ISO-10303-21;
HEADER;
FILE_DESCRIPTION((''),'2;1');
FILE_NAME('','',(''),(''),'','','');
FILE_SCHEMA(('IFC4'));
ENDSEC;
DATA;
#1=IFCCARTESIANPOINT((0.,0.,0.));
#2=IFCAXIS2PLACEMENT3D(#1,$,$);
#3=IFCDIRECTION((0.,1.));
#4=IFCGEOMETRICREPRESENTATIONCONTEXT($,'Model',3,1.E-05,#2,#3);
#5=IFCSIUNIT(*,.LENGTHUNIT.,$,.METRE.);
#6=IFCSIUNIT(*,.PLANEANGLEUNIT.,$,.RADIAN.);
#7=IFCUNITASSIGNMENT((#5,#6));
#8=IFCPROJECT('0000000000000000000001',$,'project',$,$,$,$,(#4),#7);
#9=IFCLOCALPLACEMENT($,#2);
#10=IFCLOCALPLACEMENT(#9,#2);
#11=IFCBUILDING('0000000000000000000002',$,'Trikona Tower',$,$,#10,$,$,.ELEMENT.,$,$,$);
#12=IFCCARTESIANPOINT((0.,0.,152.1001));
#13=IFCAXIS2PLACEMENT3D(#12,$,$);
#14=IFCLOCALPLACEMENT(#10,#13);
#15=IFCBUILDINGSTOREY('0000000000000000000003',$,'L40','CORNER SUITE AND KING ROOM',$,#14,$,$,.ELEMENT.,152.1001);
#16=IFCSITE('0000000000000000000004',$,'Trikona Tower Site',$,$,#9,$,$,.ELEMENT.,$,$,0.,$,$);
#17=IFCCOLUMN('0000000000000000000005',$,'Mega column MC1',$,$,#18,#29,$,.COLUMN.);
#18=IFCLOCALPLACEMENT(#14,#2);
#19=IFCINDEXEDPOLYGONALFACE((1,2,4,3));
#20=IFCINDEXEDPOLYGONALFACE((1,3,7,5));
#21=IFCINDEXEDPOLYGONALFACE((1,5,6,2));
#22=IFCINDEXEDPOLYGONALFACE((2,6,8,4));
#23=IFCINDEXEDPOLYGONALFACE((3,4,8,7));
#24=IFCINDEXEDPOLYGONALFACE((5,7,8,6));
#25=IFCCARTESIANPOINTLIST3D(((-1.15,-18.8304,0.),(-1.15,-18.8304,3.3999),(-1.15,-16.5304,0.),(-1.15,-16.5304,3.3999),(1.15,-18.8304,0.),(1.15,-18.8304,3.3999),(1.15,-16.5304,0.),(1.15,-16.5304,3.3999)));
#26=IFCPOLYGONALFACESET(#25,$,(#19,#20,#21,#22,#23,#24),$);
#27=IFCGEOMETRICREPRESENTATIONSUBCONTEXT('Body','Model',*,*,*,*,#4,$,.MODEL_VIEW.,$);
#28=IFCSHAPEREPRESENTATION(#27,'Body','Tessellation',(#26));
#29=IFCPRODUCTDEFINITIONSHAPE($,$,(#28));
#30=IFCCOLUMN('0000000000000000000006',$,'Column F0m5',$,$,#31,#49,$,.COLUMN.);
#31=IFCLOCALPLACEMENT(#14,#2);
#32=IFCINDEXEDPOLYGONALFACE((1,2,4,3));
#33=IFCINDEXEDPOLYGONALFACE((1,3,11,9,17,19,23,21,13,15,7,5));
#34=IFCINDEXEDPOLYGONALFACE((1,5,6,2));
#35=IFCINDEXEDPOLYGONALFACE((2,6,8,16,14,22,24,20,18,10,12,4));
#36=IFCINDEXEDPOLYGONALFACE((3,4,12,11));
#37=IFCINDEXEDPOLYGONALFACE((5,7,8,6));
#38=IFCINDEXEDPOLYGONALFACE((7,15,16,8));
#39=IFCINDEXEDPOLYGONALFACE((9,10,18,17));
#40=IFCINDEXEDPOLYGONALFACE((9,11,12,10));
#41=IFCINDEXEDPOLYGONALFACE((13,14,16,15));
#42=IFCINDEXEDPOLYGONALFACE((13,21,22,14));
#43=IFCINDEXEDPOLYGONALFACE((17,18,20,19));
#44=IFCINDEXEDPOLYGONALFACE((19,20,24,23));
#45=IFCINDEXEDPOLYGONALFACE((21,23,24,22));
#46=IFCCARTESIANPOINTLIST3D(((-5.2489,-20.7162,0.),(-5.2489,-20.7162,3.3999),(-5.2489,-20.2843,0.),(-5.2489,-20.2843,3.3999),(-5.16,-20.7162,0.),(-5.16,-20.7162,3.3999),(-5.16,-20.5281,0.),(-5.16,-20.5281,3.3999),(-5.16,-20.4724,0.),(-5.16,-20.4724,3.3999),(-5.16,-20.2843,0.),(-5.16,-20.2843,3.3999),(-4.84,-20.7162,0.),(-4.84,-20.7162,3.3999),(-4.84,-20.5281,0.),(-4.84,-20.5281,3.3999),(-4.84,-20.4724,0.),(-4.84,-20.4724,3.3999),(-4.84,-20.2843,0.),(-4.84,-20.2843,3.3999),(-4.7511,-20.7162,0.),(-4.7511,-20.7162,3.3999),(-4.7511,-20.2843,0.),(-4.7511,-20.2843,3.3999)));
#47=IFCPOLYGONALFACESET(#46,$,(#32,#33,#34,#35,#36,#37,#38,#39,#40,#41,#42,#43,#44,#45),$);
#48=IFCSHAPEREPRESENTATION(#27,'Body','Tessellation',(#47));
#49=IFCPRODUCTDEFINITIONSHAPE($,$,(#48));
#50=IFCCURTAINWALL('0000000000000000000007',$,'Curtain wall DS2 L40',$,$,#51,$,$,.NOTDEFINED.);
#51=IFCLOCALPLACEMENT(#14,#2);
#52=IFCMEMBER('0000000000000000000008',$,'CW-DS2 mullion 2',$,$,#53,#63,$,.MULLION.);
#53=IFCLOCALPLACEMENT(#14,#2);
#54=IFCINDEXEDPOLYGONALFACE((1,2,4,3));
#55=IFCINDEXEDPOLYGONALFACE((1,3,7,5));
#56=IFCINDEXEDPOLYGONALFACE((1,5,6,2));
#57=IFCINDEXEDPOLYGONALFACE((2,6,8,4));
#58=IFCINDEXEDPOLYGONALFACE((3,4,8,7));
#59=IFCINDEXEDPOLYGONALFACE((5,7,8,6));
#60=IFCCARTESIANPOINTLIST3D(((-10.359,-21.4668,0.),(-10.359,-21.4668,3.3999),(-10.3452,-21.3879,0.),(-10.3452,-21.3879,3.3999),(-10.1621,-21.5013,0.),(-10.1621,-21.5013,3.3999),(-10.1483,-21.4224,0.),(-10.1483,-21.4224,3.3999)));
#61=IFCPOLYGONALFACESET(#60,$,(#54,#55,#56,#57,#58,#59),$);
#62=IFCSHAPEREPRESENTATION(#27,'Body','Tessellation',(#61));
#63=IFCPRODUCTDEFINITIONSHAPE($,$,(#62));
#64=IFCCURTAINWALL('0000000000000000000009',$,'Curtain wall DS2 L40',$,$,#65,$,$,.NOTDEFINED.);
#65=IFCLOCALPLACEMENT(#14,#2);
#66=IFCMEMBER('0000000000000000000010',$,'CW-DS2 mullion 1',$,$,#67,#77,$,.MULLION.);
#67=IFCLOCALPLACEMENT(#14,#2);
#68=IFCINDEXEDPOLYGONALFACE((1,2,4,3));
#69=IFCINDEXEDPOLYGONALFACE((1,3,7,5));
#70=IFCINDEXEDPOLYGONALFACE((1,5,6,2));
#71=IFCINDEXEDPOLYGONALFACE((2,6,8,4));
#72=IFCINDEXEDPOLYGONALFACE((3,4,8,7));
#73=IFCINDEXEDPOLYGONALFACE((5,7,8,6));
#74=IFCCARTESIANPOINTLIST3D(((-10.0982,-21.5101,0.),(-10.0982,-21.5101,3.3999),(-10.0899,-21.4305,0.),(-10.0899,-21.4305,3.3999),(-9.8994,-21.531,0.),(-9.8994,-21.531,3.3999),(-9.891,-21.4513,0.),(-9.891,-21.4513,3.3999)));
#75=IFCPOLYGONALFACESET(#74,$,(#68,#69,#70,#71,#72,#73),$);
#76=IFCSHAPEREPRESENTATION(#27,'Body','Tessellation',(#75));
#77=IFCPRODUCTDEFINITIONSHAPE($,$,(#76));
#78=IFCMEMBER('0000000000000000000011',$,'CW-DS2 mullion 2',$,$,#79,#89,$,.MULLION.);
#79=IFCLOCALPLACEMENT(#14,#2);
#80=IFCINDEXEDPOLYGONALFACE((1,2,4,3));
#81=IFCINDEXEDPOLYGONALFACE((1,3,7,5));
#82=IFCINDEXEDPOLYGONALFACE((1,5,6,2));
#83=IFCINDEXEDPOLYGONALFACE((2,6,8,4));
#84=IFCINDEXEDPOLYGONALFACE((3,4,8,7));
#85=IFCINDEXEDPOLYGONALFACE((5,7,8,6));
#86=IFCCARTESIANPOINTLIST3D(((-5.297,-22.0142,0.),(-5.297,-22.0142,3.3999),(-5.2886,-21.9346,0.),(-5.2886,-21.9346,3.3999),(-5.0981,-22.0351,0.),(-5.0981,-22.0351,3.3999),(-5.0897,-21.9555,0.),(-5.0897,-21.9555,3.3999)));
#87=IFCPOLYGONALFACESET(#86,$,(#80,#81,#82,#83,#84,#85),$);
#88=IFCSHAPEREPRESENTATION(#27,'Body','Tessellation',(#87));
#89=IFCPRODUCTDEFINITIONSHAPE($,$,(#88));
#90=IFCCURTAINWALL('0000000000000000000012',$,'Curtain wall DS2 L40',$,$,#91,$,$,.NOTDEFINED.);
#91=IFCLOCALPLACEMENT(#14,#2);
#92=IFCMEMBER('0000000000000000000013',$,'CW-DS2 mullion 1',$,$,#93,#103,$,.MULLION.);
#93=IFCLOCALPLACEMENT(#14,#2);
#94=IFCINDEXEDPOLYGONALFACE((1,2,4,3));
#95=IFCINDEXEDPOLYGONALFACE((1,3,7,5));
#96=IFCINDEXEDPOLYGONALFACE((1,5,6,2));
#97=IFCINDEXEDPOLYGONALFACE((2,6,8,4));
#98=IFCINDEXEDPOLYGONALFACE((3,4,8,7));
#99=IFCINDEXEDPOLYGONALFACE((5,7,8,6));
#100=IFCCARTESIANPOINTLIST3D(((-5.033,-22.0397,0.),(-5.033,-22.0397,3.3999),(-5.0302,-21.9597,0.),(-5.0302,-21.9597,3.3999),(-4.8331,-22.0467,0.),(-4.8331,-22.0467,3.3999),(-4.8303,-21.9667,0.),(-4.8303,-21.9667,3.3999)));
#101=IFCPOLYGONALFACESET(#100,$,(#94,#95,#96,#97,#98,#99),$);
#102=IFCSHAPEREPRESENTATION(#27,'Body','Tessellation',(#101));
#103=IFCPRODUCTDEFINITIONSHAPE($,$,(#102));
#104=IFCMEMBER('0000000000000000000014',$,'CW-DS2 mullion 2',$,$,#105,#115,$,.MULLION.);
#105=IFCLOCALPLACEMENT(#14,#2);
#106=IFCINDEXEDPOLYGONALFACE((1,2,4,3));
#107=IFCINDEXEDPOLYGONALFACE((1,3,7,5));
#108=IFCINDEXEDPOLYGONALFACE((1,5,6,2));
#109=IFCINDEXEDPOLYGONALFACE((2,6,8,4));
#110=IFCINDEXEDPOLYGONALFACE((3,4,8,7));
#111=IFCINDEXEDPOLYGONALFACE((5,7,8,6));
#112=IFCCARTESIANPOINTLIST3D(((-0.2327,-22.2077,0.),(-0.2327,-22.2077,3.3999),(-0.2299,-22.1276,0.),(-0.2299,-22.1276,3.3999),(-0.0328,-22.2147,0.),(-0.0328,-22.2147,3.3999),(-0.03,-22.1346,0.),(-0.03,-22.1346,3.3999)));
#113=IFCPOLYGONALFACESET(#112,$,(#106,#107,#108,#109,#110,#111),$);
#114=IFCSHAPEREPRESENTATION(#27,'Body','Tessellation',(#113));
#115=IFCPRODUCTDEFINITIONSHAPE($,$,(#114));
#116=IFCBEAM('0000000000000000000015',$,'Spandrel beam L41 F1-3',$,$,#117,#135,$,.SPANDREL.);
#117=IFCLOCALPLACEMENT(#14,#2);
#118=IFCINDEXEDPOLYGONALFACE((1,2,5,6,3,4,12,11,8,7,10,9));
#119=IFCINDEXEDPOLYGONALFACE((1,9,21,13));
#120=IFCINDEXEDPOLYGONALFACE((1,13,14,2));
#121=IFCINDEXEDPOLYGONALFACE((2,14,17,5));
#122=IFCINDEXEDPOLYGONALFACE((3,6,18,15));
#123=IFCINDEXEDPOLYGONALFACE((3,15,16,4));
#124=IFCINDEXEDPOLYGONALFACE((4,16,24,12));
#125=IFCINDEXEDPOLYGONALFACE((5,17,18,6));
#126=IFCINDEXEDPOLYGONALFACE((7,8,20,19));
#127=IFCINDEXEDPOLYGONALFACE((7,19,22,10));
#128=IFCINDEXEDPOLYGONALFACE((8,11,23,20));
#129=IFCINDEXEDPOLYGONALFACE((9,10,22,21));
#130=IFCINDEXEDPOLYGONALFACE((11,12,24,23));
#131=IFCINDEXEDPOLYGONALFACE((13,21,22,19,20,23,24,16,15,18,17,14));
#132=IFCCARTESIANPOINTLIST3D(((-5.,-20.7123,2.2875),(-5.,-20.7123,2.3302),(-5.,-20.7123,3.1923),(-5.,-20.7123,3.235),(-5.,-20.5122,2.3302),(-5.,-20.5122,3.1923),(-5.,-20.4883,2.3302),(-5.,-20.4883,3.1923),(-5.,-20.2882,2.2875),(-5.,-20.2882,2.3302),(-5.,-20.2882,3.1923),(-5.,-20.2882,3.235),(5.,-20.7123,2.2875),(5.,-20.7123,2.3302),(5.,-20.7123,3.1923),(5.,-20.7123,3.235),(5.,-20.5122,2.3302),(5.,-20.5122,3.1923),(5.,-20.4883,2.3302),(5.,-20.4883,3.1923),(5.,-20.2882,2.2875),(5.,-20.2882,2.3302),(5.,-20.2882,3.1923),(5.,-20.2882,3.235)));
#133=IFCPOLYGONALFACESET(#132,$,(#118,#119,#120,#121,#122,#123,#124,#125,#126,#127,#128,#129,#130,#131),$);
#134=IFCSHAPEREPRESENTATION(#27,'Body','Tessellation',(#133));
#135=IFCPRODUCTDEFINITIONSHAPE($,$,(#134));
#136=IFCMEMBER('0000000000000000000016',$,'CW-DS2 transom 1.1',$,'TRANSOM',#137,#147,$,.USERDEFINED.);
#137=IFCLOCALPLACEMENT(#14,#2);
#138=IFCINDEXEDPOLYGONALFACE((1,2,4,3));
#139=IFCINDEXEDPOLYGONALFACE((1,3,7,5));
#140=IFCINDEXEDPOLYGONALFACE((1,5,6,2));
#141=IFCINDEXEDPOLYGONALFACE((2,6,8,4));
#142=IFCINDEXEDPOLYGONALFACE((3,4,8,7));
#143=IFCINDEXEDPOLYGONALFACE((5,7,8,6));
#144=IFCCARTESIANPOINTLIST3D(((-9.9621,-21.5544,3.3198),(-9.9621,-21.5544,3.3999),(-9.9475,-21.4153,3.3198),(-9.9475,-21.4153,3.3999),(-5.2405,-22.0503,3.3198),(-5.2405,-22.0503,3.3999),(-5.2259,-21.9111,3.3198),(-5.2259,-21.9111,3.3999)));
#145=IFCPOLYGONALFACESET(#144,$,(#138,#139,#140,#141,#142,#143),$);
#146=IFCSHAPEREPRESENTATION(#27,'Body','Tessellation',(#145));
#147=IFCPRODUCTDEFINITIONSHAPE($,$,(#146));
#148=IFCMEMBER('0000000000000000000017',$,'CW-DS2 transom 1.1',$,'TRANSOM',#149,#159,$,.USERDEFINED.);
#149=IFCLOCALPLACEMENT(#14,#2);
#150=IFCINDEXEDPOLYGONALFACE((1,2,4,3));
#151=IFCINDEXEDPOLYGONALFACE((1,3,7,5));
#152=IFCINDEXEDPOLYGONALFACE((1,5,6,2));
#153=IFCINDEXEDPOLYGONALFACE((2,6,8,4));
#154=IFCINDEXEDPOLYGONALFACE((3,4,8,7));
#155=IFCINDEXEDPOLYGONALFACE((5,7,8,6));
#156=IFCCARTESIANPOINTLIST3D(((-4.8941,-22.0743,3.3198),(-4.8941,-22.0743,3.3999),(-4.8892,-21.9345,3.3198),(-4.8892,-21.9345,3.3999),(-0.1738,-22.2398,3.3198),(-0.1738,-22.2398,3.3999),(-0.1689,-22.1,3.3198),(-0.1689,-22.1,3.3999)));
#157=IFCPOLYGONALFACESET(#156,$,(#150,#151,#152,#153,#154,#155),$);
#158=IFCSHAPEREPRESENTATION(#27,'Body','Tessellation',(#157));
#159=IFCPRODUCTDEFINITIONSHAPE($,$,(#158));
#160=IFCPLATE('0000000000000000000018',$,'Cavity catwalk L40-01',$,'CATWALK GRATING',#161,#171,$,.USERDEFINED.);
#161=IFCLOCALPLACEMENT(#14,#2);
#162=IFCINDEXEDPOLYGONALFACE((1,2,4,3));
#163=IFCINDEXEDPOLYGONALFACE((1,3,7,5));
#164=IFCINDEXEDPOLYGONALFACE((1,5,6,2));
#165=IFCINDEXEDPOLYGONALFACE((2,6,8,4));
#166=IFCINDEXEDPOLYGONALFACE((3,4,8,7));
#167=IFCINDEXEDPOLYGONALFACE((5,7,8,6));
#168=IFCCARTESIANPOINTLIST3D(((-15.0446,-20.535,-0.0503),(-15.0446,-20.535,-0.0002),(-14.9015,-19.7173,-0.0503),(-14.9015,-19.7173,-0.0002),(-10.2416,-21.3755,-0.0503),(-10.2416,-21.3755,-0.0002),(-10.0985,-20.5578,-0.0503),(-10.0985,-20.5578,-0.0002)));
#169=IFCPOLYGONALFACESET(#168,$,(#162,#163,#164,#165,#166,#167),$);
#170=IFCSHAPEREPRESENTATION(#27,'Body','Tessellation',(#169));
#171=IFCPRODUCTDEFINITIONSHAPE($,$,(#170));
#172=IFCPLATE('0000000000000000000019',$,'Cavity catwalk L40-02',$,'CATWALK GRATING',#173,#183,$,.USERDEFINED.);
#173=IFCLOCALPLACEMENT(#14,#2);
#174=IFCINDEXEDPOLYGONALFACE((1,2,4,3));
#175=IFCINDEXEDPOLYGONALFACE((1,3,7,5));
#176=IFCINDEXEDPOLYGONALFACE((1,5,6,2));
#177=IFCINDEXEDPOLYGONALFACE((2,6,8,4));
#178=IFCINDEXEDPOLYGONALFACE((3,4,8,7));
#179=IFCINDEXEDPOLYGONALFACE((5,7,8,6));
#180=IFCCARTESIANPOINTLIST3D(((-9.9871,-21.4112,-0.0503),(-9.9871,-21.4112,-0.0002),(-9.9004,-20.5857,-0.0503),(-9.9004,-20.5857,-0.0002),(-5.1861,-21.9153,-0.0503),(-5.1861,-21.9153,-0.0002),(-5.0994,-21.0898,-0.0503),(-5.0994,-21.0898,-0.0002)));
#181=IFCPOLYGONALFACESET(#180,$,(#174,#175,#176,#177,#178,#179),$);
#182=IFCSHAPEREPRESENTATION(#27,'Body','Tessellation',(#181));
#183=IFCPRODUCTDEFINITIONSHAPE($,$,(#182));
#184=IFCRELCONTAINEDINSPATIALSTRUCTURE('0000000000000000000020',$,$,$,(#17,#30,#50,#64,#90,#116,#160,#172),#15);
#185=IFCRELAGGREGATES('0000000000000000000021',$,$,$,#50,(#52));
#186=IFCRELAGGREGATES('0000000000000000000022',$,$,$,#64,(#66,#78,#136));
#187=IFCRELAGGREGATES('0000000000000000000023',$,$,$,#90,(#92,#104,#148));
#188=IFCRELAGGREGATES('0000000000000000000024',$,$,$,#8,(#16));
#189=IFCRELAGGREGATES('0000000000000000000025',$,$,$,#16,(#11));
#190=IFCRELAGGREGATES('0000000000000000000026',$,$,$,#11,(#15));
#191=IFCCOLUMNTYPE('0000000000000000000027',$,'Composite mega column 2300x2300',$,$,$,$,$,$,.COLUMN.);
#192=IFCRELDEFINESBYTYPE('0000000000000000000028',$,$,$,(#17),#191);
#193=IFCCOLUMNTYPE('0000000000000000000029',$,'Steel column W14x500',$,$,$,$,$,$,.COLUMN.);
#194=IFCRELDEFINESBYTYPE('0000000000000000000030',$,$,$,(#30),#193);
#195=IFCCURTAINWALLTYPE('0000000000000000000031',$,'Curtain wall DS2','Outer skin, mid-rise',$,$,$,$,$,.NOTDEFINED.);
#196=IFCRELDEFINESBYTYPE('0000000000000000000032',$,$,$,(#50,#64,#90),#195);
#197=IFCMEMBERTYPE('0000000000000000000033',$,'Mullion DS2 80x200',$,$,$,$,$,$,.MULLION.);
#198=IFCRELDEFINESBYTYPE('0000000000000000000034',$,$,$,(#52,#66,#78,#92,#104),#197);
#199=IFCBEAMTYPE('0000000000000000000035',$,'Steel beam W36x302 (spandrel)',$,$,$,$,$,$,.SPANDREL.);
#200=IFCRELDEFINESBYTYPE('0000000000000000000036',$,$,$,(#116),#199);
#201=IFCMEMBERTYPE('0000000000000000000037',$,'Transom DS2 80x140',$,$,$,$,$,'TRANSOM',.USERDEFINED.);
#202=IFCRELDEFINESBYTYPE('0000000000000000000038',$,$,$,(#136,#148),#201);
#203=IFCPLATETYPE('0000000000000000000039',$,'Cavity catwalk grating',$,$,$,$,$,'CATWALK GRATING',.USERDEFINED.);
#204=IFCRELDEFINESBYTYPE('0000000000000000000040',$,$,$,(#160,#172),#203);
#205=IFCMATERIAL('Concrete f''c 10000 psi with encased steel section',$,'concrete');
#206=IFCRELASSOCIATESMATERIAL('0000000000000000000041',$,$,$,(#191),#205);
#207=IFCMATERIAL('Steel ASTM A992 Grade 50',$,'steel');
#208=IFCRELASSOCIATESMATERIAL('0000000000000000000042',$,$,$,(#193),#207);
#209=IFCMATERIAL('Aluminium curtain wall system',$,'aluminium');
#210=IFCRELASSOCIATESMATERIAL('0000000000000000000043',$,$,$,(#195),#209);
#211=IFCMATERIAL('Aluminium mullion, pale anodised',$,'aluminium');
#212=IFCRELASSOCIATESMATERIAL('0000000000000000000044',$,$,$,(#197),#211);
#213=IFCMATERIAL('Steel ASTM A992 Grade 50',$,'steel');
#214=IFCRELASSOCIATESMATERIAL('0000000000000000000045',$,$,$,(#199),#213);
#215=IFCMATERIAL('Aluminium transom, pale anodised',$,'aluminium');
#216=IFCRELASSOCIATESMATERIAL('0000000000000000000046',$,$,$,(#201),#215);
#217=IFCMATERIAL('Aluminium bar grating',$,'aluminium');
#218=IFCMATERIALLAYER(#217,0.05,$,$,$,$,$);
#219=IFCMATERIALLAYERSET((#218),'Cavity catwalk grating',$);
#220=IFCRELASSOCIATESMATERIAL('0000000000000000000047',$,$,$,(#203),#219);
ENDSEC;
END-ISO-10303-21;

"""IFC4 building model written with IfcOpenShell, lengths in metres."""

from ifc_helpers import new_model, si_unit, direction, frame, origin, origin_2d, place, context, subcontext, project, spatial, rectangle, i_section, extrude, material, layer, layer_set, material_profile, profile_set, type_object, element, aggregate, save


model = new_model("IFC4")

# Units and contexts
model_context = context("Model", 3, precision=1e-05, world=origin(), true_north=direction((0.0, 1.0)))
body_context = subcontext(model_context, "Body", "Model", "MODEL_VIEW")
ifc_project = project(units=[si_unit("LENGTHUNIT", "METRE"), si_unit("PLANEANGLEUNIT", "RADIAN")], contexts=[model_context])

# Site, building, storey
site_placement = place(None, origin())
site = spatial("IfcSite", under=ifc_project, at=site_placement, Name="Trikona Tower Site", CompositionType="ELEMENT", RefElevation=0.0)
building_placement = place(site_placement, origin())
building = spatial("IfcBuilding", under=site, at=building_placement, Name="Trikona Tower", CompositionType="ELEMENT")
storey_placement = place(building_placement, frame((0.0, 0.0, 152.1001)))
storey = spatial("IfcBuildingStorey", under=building, at=storey_placement, Name="L40", Description="CORNER SUITE AND KING ROOM", CompositionType="ELEMENT", Elevation=152.1001)

# Columns
ifc_material_1 = material(Name="Concrete f'c 10000 psi with encased steel section", Category="concrete")
ifc_material_profile_1 = material_profile(ifc_material_1, rectangle(XDim=2.3, YDim=2.3, at=origin_2d()), Name="MC2300")
ifc_profile_set_1 = profile_set([ifc_material_profile_1], Name="Concrete f'c 10000 psi with encased steel section")
column_type_1 = type_object("IfcColumnType", Name="Composite mega column 2300x2300", PredefinedType="COLUMN", material=ifc_profile_set_1)
column_1_placement = place(storey_placement, frame((0.0, -17.6804, 0.0), z_axis=(0.0, 0.0, 1.0), x_axis=(0.0, -1.0, 0.0)))
element("IfcColumn", 1, at=column_1_placement, inside=storey, type_object=column_type_1, Name="Mega column MC1", PredefinedType="COLUMN", context=body_context, shape_type="SweptSolid", body=[
    extrude(rectangle(XDim=2.3, YDim=2.3, at=origin_2d()), origin(), (0.0, 0.0, 1.0), 3.3999),
])
ifc_material_2 = material(Name="Steel ASTM A992 Grade 50", Category="steel")
ifc_material_profile_2 = material_profile(ifc_material_2, i_section(OverallWidth=0.4319, OverallDepth=0.4978, WebThickness=0.0557, FlangeThickness=0.0889, at=origin_2d()), Name="W14X500")
ifc_profile_set_2 = profile_set([ifc_material_profile_2], Name="Steel ASTM A992 Grade 50")
column_type_2 = type_object("IfcColumnType", Name="Steel column W14x500", PredefinedType="COLUMN", material=ifc_profile_set_2)
column_2_placement = place(storey_placement, frame((-5.0, -20.5002, 0.0), z_axis=(0.0, 0.0, 1.0), x_axis=(0.0, -1.0, 0.0)))
element("IfcColumn", 2, at=column_2_placement, inside=storey, type_object=column_type_2, Name="Column F0m5", PredefinedType="COLUMN", context=body_context, shape_type="SweptSolid", body=[
    extrude(i_section(OverallWidth=0.4319, OverallDepth=0.4978, WebThickness=0.0557, FlangeThickness=0.0889, at=origin_2d()), origin(), (0.0, 0.0, 1.0), 3.3999),
])

# Curtain wall, member
ifc_material_3 = material(Name="Aluminium curtain wall system", Category="aluminium")
curtain_wall_type = type_object("IfcCurtainWallType", Name="Curtain wall DS2", Description="Outer skin, mid-rise", PredefinedType="NOTDEFINED", material=ifc_material_3)
curtain_wall_1_placement = place(storey_placement, origin())
curtain_wall_1 = element("IfcCurtainWall", 3, at=curtain_wall_1_placement, inside=storey, type_object=curtain_wall_type, Name="Curtain wall DS2 L40", PredefinedType="NOTDEFINED")
ifc_material_4 = material(Name="Aluminium mullion, pale anodised", Category="aluminium")
ifc_material_profile_3 = material_profile(ifc_material_4, rectangle(XDim=0.0801, YDim=0.2, at=origin_2d()), Name="MUL-DS2")
ifc_profile_set_3 = profile_set([ifc_material_profile_3], Name="Aluminium mullion, pale anodised")
member_type_1 = type_object("IfcMemberType", Name="Mullion DS2 80x200", PredefinedType="MULLION", material=ifc_profile_set_3)
member_1_placement = place(storey_placement, frame((-10.2537, -21.4446, 0.0), z_axis=(0.0, 0.0, 1.0), x_axis=(0.172377, 0.985031, 0.0)))
member_1 = element("IfcMember", 4, at=member_1_placement, type_object=member_type_1, Name="CW-DS2 mullion 2", PredefinedType="MULLION", context=body_context, shape_type="SweptSolid", body=[
    extrude(rectangle(XDim=0.0801, YDim=0.2, at=origin_2d()), origin(), (0.0, 0.0, 1.0), 3.3999),
])

# Curtain walls, members
curtain_wall_2_placement = place(storey_placement, origin())
curtain_wall_2 = element("IfcCurtainWall", 5, at=curtain_wall_2_placement, inside=storey, type_object=curtain_wall_type, Name="Curtain wall DS2 L40", PredefinedType="NOTDEFINED")
member_2_placement = place(storey_placement, frame((-9.9946, -21.4807, 0.0), z_axis=(0.0, 0.0, 1.0), x_axis=(0.104433, 0.994532, 0.0)))
member_2 = element("IfcMember", 6, at=member_2_placement, type_object=member_type_1, Name="CW-DS2 mullion 1", PredefinedType="MULLION", context=body_context, shape_type="SweptSolid", body=[
    extrude(rectangle(XDim=0.0801, YDim=0.2, at=origin_2d()), origin(), (0.0, 0.0, 1.0), 3.3999),
])
member_3_placement = place(storey_placement, frame((-5.1934, -21.9849, 0.0), z_axis=(0.0, 0.0, 1.0), x_axis=(0.104433, 0.994532, 0.0)))
member_3 = element("IfcMember", 7, at=member_3_placement, type_object=member_type_1, Name="CW-DS2 mullion 2", PredefinedType="MULLION", context=body_context, shape_type="SweptSolid", body=[
    extrude(rectangle(XDim=0.0801, YDim=0.2, at=origin_2d()), origin(), (0.0, 0.0, 1.0), 3.3999),
])
curtain_wall_3_placement = place(storey_placement, origin())
curtain_wall_3 = element("IfcCurtainWall", 8, at=curtain_wall_3_placement, inside=storey, type_object=curtain_wall_type, Name="Curtain wall DS2 L40", PredefinedType="NOTDEFINED")
member_4_placement = place(storey_placement, frame((-4.9316, -22.0032, 0.0), z_axis=(0.0, 0.0, 1.0), x_axis=(0.034998, 0.999387, 0.0)))
member_4 = element("IfcMember", 9, at=member_4_placement, type_object=member_type_1, Name="CW-DS2 mullion 1", PredefinedType="MULLION", context=body_context, shape_type="SweptSolid", body=[
    extrude(rectangle(XDim=0.0801, YDim=0.2, at=origin_2d()), origin(), (0.0, 0.0, 1.0), 3.3999),
])
member_5_placement = place(storey_placement, frame((-0.1313, -22.1711, 0.0), z_axis=(0.0, 0.0, 1.0), x_axis=(0.034998, 0.999387, 0.0)))
member_5 = element("IfcMember", 10, at=member_5_placement, type_object=member_type_1, Name="CW-DS2 mullion 2", PredefinedType="MULLION", context=body_context, shape_type="SweptSolid", body=[
    extrude(rectangle(XDim=0.0801, YDim=0.2, at=origin_2d()), origin(), (0.0, 0.0, 1.0), 3.3999),
])

# Beam
ifc_material_5 = material(Name="Steel ASTM A992 Grade 50", Category="steel")
ifc_material_profile_4 = material_profile(ifc_material_5, i_section(OverallWidth=0.4241, OverallDepth=0.9475, WebThickness=0.0239, FlangeThickness=0.0427, at=origin_2d()), Name="W36X302")
ifc_profile_set_4 = profile_set([ifc_material_profile_4], Name="Steel ASTM A992 Grade 50")
beam_type = type_object("IfcBeamType", Name="Steel beam W36x302 (spandrel)", PredefinedType="SPANDREL", material=ifc_profile_set_4)
beam_placement = place(storey_placement, frame((-5.0, -20.5002, 2.7612), z_axis=(1.0, 0.0, 0.0), x_axis=(0.0, 1.0, 0.0)))
element("IfcBeam", 11, at=beam_placement, inside=storey, type_object=beam_type, Name="Spandrel beam L41 F1-3", PredefinedType="SPANDREL", context=body_context, shape_type="SweptSolid", body=[
    extrude(i_section(OverallWidth=0.4241, OverallDepth=0.9475, WebThickness=0.0239, FlangeThickness=0.0427, at=origin_2d()), origin(), (0.0, 0.0, 1.0), 10.0),
])

# Members
ifc_material_6 = material(Name="Aluminium transom, pale anodised", Category="aluminium")
ifc_material_profile_5 = material_profile(ifc_material_6, rectangle(XDim=0.1399, YDim=0.0801, at=origin_2d()), Name="TRN-DS2")
ifc_profile_set_5 = profile_set([ifc_material_profile_5], Name="Aluminium transom, pale anodised")
member_type_2 = type_object("IfcMemberType", Name="Transom DS2 80x140", ElementType="TRANSOM", PredefinedType="USERDEFINED", material=ifc_profile_set_5)
member_6_placement = place(storey_placement, frame((-9.9548, -21.4849, 3.3599), z_axis=(0.994531, -0.104441, 0.0), x_axis=(0.104441, 0.994531, 0.0)))
member_6 = element("IfcMember", 12, at=member_6_placement, type_object=member_type_2, Name="CW-DS2 transom 1.1", ObjectType="TRANSOM", PredefinedType="USERDEFINED", context=body_context, shape_type="SweptSolid", body=[
    extrude(rectangle(XDim=0.1399, YDim=0.0801, at=origin_2d()), origin(), (0.0, 0.0, 1.0), 4.7476),
])
member_7_placement = place(storey_placement, frame((-4.8916, -22.0044, 3.3599), z_axis=(0.999386, -0.035046, 0.0), x_axis=(0.035046, 0.999386, 0.0)))
member_7 = element("IfcMember", 13, at=member_7_placement, type_object=member_type_2, Name="CW-DS2 transom 1.1", ObjectType="TRANSOM", PredefinedType="USERDEFINED", context=body_context, shape_type="SweptSolid", body=[
    extrude(rectangle(XDim=0.1399, YDim=0.0801, at=origin_2d()), origin(), (0.0, 0.0, 1.0), 4.7231),
])

# Plates
ifc_material_7 = material(Name="Aluminium bar grating", Category="aluminium")
ifc_layer_1 = layer(ifc_material_7, 0.05)
ifc_layer_set_1 = layer_set([ifc_layer_1], Name="Cavity catwalk grating")
plate_type_1 = type_object("IfcPlateType", Name="Cavity catwalk grating", ElementType="CATWALK GRATING", PredefinedType="USERDEFINED", material=ifc_layer_set_1)
plate_1_placement = place(storey_placement, frame((-12.5715, -20.5464, -0.0503), z_axis=(0.0, 0.0, 1.0), x_axis=(0.985031, -0.17238, 0.0)))
element("IfcPlate", 14, at=plate_1_placement, inside=storey, type_object=plate_type_1, Name="Cavity catwalk L40-01", ObjectType="CATWALK GRATING", PredefinedType="USERDEFINED", context=body_context, shape_type="SweptSolid", body=[
    extrude(rectangle(XDim=4.876, YDim=0.8301, at=origin_2d()), origin(), (0.0, 0.0, 1.0), 0.05),
])
plate_2_placement = place(storey_placement, frame((-7.5432, -21.2505, -0.0503), z_axis=(0.0, 0.0, 1.0), x_axis=(0.994533, -0.104426, 0.0)))
element("IfcPlate", 15, at=plate_2_placement, inside=storey, type_object=plate_type_1, Name="Cavity catwalk L40-02", ObjectType="CATWALK GRATING", PredefinedType="USERDEFINED", context=body_context, shape_type="SweptSolid", body=[
    extrude(rectangle(XDim=4.8274, YDim=0.8301, at=origin_2d()), origin(), (0.0, 0.0, 1.0), 0.05),
])

aggregate(curtain_wall_1, [member_1])
aggregate(curtain_wall_2, [member_2, member_3, member_6])
aggregate(curtain_wall_3, [member_4, member_5, member_7])

save(model, "model.ifc")
